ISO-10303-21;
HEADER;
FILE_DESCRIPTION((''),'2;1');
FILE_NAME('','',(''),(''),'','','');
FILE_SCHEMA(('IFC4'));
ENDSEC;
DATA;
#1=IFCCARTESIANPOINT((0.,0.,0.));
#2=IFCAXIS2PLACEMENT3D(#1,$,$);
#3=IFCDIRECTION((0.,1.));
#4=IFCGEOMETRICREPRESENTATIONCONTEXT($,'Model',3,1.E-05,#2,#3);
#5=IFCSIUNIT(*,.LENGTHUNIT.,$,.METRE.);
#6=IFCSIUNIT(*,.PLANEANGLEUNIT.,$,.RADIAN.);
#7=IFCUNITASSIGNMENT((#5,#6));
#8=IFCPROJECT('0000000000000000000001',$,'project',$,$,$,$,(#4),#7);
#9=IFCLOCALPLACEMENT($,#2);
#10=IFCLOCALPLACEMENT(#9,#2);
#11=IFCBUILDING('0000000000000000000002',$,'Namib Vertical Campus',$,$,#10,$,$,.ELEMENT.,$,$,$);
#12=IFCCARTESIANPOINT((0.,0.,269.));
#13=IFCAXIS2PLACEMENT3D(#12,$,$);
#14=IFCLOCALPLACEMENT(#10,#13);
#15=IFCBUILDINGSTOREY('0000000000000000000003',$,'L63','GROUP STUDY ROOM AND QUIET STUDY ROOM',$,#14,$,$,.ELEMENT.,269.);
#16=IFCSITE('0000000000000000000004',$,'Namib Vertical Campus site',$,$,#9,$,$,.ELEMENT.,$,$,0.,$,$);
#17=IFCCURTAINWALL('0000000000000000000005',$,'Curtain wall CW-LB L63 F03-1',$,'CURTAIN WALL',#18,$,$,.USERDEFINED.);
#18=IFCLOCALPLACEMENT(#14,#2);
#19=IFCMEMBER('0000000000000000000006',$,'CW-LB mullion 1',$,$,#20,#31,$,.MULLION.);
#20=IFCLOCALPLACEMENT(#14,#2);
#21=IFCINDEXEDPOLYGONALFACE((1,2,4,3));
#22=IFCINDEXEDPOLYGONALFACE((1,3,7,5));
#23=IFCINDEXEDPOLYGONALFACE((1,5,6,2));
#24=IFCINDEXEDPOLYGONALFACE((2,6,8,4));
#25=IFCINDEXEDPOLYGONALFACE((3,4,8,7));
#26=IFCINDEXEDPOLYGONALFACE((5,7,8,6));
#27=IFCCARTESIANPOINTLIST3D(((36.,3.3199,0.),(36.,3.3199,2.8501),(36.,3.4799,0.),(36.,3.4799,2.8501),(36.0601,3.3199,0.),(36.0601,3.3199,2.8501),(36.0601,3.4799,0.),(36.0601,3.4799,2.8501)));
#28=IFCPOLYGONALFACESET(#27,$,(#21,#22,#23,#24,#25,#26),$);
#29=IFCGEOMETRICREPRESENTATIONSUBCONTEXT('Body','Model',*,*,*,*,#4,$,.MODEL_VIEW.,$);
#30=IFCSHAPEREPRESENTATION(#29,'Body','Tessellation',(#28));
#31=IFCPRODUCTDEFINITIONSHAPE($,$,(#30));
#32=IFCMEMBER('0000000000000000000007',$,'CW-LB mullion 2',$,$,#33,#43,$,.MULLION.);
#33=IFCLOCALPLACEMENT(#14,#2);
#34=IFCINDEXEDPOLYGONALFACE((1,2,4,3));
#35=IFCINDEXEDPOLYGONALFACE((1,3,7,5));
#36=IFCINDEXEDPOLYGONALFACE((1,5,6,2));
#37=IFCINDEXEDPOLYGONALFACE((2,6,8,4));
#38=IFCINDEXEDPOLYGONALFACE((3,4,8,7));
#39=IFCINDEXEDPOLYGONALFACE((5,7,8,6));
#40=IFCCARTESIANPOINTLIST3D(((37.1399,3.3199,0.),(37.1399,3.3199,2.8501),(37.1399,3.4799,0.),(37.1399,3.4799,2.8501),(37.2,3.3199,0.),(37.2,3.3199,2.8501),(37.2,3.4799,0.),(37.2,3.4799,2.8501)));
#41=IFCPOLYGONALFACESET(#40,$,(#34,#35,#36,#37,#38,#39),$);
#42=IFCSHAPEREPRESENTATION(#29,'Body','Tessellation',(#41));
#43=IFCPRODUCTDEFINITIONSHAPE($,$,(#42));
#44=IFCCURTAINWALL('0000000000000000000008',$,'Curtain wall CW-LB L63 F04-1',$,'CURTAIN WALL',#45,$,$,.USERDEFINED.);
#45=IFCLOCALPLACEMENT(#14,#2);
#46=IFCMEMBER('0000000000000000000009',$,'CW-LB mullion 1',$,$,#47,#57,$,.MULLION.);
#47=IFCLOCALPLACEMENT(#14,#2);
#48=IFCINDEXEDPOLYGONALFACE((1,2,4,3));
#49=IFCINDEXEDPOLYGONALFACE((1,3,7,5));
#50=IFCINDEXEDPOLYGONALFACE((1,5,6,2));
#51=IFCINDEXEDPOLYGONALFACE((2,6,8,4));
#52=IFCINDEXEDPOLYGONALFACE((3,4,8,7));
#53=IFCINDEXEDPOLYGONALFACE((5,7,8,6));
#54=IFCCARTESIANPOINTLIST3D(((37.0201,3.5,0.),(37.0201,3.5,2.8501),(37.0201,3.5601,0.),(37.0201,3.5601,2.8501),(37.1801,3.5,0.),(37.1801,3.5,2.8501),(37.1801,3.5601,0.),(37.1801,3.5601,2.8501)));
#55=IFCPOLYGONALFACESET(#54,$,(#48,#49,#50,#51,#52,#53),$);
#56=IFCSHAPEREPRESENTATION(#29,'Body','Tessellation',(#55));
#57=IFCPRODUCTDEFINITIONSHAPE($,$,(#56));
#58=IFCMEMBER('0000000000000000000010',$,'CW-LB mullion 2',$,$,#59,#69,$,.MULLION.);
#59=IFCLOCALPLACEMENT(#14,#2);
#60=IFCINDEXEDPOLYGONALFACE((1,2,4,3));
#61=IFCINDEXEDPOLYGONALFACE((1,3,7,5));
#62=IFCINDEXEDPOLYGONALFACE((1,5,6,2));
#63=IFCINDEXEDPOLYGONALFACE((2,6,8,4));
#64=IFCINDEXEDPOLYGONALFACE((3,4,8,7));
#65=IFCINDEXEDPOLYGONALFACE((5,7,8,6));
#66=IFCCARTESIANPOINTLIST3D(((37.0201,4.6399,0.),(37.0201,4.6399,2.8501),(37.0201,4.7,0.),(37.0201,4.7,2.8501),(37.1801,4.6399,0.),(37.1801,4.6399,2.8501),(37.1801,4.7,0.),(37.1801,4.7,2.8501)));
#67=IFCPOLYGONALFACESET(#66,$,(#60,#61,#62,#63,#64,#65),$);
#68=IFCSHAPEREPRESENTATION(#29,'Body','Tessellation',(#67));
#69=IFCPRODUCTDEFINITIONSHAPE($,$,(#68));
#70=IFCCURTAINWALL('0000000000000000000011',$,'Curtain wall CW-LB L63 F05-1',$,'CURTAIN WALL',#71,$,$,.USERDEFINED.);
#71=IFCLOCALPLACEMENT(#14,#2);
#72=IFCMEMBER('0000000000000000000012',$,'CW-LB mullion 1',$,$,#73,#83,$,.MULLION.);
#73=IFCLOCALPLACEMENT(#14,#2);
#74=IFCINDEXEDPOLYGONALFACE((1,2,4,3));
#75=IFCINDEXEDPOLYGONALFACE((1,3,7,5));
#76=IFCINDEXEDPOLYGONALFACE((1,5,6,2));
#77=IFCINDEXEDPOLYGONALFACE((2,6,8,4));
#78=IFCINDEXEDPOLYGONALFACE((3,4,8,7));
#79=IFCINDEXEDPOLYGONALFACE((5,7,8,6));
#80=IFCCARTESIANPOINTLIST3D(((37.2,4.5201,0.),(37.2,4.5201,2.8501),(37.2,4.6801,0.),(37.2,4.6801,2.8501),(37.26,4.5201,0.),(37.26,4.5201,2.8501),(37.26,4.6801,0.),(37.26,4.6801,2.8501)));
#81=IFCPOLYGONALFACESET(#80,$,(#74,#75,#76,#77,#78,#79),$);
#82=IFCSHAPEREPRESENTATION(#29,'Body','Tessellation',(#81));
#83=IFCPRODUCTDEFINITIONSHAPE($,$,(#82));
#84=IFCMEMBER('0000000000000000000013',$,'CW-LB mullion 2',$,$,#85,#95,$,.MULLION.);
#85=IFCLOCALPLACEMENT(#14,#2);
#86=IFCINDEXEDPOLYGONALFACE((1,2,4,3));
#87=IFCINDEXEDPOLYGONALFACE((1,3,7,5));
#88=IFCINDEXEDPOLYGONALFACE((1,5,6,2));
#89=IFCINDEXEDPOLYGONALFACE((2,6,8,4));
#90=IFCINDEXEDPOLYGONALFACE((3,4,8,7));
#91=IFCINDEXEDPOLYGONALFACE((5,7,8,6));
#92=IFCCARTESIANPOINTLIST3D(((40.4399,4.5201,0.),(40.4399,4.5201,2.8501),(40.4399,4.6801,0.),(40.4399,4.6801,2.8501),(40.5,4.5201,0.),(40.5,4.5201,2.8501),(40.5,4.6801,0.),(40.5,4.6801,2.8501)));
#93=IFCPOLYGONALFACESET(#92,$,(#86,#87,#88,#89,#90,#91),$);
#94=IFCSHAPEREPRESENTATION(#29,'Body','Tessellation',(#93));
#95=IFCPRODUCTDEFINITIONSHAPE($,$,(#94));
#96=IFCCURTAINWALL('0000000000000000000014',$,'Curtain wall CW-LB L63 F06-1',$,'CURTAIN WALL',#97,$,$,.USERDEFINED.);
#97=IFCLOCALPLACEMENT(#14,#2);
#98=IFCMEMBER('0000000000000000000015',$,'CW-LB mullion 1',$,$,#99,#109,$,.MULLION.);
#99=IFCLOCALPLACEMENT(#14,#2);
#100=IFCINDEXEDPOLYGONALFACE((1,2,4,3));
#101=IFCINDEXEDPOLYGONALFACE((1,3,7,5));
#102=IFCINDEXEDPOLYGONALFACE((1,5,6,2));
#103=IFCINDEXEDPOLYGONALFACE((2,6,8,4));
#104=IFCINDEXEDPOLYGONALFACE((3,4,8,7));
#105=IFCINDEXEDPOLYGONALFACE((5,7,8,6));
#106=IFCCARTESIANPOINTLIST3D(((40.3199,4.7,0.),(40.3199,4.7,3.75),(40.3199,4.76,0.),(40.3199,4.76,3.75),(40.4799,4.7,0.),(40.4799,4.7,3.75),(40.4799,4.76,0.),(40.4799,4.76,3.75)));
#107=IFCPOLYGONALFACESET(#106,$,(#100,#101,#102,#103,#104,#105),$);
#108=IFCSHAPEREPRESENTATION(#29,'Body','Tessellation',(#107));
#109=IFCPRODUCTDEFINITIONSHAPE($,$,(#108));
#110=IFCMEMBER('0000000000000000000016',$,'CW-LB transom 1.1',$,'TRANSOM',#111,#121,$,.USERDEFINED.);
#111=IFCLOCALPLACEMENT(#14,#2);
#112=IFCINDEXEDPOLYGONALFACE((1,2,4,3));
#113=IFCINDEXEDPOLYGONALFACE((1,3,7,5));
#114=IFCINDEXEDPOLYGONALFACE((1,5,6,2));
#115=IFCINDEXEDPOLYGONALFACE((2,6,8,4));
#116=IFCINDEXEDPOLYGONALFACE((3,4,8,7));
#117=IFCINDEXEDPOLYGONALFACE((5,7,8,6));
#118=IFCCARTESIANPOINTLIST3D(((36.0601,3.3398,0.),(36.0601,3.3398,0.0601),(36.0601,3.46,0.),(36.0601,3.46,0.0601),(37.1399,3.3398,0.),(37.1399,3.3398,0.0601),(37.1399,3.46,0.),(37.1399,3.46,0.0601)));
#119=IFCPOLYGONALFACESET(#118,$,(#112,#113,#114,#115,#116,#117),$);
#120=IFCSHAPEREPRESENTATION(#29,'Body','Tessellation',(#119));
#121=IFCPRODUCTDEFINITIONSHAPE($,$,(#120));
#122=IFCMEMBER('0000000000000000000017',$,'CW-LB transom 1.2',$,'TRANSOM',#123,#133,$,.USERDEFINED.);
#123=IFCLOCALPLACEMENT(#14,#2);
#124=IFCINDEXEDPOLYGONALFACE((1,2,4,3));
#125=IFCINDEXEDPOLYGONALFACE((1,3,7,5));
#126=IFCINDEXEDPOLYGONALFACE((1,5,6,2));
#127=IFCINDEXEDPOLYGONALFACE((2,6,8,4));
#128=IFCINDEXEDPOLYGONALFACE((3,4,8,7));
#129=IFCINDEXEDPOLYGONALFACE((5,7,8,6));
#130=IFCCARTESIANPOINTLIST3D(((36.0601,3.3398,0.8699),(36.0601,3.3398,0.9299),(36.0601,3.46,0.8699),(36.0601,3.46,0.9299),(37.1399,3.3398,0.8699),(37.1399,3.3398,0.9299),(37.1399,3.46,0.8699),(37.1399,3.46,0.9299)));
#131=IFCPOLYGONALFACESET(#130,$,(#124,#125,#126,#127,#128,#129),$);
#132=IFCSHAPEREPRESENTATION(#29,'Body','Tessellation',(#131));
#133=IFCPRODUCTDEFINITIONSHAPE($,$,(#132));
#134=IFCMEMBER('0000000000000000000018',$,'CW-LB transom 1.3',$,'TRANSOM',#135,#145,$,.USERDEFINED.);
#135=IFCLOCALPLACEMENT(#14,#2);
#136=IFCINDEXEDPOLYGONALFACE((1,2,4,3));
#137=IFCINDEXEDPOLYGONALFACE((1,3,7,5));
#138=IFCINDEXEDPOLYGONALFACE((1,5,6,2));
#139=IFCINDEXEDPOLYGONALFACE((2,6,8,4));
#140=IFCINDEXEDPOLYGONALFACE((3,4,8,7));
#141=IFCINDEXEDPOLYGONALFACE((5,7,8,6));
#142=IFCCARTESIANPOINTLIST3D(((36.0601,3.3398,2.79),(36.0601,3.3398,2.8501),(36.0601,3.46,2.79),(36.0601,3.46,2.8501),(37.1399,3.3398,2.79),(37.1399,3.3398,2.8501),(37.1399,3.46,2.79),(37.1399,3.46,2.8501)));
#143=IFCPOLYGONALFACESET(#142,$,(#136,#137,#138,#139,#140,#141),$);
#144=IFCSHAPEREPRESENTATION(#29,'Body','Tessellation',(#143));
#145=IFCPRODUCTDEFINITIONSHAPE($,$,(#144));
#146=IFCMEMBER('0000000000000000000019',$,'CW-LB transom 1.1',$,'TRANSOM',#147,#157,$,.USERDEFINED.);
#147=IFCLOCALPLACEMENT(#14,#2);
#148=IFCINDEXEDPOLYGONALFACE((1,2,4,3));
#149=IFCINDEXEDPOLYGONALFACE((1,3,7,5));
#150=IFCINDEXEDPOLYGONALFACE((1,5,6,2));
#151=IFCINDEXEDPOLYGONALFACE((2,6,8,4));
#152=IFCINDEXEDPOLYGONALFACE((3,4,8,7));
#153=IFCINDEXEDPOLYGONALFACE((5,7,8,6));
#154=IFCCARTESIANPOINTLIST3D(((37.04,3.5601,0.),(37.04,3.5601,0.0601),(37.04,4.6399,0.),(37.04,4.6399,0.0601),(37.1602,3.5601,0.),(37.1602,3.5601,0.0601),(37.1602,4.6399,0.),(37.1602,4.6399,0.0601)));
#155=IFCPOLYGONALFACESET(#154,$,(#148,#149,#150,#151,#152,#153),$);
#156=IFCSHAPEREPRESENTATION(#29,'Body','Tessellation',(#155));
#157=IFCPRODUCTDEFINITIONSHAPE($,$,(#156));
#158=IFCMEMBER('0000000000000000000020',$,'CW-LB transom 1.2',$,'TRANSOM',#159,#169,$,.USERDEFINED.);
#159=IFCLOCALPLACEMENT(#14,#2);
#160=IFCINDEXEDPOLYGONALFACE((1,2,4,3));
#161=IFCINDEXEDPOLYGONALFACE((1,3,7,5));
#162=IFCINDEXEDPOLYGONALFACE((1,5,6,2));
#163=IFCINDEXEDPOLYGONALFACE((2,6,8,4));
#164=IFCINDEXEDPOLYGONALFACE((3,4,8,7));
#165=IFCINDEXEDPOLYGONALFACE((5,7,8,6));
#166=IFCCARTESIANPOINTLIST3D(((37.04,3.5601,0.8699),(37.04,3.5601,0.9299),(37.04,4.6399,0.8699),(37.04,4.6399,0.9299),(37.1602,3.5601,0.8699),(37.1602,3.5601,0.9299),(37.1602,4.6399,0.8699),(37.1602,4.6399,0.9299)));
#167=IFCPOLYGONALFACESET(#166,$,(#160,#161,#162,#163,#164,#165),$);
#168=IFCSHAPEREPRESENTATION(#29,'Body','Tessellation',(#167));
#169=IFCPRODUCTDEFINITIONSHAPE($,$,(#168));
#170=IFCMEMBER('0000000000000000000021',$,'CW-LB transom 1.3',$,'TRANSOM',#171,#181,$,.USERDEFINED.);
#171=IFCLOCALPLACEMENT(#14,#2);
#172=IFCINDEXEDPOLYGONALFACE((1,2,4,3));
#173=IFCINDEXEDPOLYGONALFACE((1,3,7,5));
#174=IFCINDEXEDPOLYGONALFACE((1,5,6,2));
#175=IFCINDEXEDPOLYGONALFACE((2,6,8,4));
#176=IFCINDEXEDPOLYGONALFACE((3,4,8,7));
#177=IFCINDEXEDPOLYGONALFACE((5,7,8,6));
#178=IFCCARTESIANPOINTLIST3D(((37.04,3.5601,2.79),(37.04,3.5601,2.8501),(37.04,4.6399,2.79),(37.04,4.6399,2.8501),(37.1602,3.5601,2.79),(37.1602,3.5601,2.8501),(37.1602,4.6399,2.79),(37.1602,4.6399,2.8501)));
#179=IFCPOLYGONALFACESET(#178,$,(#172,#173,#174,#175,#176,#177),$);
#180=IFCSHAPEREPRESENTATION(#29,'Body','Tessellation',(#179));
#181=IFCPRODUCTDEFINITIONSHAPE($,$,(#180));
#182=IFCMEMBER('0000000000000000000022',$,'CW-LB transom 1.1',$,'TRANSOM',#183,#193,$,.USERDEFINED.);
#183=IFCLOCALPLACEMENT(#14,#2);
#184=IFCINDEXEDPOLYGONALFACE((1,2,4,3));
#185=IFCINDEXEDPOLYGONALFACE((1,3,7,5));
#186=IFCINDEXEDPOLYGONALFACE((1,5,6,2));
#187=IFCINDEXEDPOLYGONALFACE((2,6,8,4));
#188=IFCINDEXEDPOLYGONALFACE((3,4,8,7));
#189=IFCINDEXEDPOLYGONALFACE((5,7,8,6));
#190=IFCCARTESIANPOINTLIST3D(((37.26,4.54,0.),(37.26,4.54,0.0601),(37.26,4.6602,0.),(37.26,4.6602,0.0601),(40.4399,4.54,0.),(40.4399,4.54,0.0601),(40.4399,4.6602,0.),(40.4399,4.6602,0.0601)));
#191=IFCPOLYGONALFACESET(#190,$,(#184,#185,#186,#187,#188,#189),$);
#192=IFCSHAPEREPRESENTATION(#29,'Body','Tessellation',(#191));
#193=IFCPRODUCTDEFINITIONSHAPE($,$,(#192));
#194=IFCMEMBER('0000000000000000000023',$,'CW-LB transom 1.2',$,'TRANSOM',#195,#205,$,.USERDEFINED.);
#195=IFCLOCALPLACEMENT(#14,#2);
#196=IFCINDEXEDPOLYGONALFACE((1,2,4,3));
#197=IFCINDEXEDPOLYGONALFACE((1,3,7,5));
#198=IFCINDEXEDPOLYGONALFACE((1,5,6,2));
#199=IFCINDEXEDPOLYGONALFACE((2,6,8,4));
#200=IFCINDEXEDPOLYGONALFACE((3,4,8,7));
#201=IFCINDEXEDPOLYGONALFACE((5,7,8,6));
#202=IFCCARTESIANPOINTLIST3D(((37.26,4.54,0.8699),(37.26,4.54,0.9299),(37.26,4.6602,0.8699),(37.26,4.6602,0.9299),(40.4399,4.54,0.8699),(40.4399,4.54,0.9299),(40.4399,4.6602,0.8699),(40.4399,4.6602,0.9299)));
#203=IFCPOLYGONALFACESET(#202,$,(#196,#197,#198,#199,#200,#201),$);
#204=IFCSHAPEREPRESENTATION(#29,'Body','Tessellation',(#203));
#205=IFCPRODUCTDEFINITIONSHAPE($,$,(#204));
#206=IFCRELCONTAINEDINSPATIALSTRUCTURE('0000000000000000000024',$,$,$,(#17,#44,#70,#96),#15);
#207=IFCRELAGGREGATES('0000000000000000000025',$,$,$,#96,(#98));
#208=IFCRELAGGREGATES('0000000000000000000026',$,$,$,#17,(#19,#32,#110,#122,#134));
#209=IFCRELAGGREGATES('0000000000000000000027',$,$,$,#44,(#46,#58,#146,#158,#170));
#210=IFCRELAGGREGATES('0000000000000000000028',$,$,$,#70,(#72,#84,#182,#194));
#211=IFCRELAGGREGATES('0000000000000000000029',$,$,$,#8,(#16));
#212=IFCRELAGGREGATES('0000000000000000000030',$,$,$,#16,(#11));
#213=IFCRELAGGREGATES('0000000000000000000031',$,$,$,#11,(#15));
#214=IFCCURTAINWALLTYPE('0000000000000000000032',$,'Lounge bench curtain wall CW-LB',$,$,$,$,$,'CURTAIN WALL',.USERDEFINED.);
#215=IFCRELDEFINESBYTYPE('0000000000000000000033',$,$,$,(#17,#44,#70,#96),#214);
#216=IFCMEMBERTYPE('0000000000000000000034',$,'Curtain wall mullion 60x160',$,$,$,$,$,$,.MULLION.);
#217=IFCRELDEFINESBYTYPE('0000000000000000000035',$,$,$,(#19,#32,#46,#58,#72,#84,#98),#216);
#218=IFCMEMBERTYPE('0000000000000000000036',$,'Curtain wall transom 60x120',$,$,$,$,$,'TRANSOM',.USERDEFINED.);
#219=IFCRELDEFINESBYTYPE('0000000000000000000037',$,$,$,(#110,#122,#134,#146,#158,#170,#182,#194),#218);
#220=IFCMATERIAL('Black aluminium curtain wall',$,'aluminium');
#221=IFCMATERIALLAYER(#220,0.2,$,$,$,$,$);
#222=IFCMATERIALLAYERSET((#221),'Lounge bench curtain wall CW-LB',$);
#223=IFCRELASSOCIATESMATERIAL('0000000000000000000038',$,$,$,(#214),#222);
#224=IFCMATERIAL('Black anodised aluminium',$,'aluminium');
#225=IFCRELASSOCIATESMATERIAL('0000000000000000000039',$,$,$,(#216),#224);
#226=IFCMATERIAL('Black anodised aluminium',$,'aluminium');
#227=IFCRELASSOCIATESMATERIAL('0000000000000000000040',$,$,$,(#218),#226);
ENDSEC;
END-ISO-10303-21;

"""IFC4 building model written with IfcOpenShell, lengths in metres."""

from ifc_helpers import new_model, si_unit, direction, frame, origin, origin_2d, place, context, subcontext, project, spatial, rectangle, extrude, material, layer, layer_set, material_profile, profile_set, type_object, element, aggregate, save


model = new_model("IFC4")

# Units and contexts
model_context = context("Model", 3, precision=1e-05, world=origin(), true_north=direction((0.0, 1.0)))
body_context = subcontext(model_context, "Body", "Model", "MODEL_VIEW")
ifc_project = project(units=[si_unit("LENGTHUNIT", "METRE"), si_unit("PLANEANGLEUNIT", "RADIAN")], contexts=[model_context])

# Site, building, storey
site_placement = place(None, origin())
site = spatial("IfcSite", under=ifc_project, at=site_placement, Name="Namib Vertical Campus site", CompositionType="ELEMENT", RefElevation=0.0)
building_placement = place(site_placement, origin())
building = spatial("IfcBuilding", under=site, at=building_placement, Name="Namib Vertical Campus", CompositionType="ELEMENT")
storey_placement = place(building_placement, frame((0.0, 0.0, 269.0)))
storey = spatial("IfcBuildingStorey", under=building, at=storey_placement, Name="L63", Description="GROUP STUDY ROOM AND QUIET STUDY ROOM", CompositionType="ELEMENT", Elevation=269.0)

# Curtain walls, members
ifc_material_1 = material(Name="Black aluminium curtain wall", Category="aluminium")
ifc_layer_1 = layer(ifc_material_1, 0.2)
ifc_layer_set_1 = layer_set([ifc_layer_1], Name="Lounge bench curtain wall CW-LB")
curtain_wall_type = type_object("IfcCurtainWallType", Name="Lounge bench curtain wall CW-LB", ElementType="CURTAIN WALL", PredefinedType="USERDEFINED", material=ifc_layer_set_1)
curtain_wall_1_placement = place(storey_placement, origin())
curtain_wall_1 = element("IfcCurtainWall", 1, at=curtain_wall_1_placement, inside=storey, type_object=curtain_wall_type, Name="Curtain wall CW-LB L63 F03-1", ObjectType="CURTAIN WALL", PredefinedType="USERDEFINED")
ifc_material_2 = material(Name="Black anodised aluminium", Category="aluminium")
ifc_material_profile_1 = material_profile(ifc_material_2, rectangle(XDim=0.0601, YDim=0.1599, at=origin_2d()))
ifc_profile_set_1 = profile_set([ifc_material_profile_1], Name="Black anodised aluminium")
member_type_1 = type_object("IfcMemberType", Name="Curtain wall mullion 60x160", PredefinedType="MULLION", material=ifc_profile_set_1)
member_1_placement = place(storey_placement, frame((36.03, 3.3999, 0.0), z_axis=(0.0, 0.0, 1.0), x_axis=(1.0, 0.0, 0.0)))
member_1 = element("IfcMember", 2, at=member_1_placement, type_object=member_type_1, Name="CW-LB mullion 1", PredefinedType="MULLION", context=body_context, shape_type="SweptSolid", body=[
    extrude(rectangle(XDim=0.0601, YDim=0.1599, at=origin_2d()), origin(), (0.0, 0.0, 1.0), 2.8501),
])
member_2_placement = place(storey_placement, frame((37.1699, 3.3999, 0.0), z_axis=(0.0, 0.0, 1.0), x_axis=(1.0, 0.0, 0.0)))
member_2 = element("IfcMember", 3, at=member_2_placement, type_object=member_type_1, Name="CW-LB mullion 2", PredefinedType="MULLION", context=body_context, shape_type="SweptSolid", body=[
    extrude(rectangle(XDim=0.0601, YDim=0.1599, at=origin_2d()), origin(), (0.0, 0.0, 1.0), 2.8501),
])
curtain_wall_2_placement = place(storey_placement, origin())
curtain_wall_2 = element("IfcCurtainWall", 4, at=curtain_wall_2_placement, inside=storey, type_object=curtain_wall_type, Name="Curtain wall CW-LB L63 F04-1", ObjectType="CURTAIN WALL", PredefinedType="USERDEFINED")
member_3_placement = place(storey_placement, frame((37.1001, 3.53, 0.0), z_axis=(0.0, 0.0, 1.0), x_axis=(0.0, 1.0, 0.0)))
member_3 = element("IfcMember", 5, at=member_3_placement, type_object=member_type_1, Name="CW-LB mullion 1", PredefinedType="MULLION", context=body_context, shape_type="SweptSolid", body=[
    extrude(rectangle(XDim=0.0601, YDim=0.1599, at=origin_2d()), origin(), (0.0, 0.0, 1.0), 2.8501),
])
member_4_placement = place(storey_placement, frame((37.1001, 4.6699, 0.0), z_axis=(0.0, 0.0, 1.0), x_axis=(0.0, 1.0, 0.0)))
member_4 = element("IfcMember", 6, at=member_4_placement, type_object=member_type_1, Name="CW-LB mullion 2", PredefinedType="MULLION", context=body_context, shape_type="SweptSolid", body=[
    extrude(rectangle(XDim=0.0601, YDim=0.1599, at=origin_2d()), origin(), (0.0, 0.0, 1.0), 2.8501),
])
curtain_wall_3_placement = place(storey_placement, origin())
curtain_wall_3 = element("IfcCurtainWall", 7, at=curtain_wall_3_placement, inside=storey, type_object=curtain_wall_type, Name="Curtain wall CW-LB L63 F05-1", ObjectType="CURTAIN WALL", PredefinedType="USERDEFINED")
member_5_placement = place(storey_placement, frame((37.23, 4.6001, 0.0), z_axis=(0.0, 0.0, 1.0), x_axis=(1.0, 0.0, 0.0)))
member_5 = element("IfcMember", 8, at=member_5_placement, type_object=member_type_1, Name="CW-LB mullion 1", PredefinedType="MULLION", context=body_context, shape_type="SweptSolid", body=[
    extrude(rectangle(XDim=0.0601, YDim=0.1599, at=origin_2d()), origin(), (0.0, 0.0, 1.0), 2.8501),
])
member_6_placement = place(storey_placement, frame((40.47, 4.6001, 0.0), z_axis=(0.0, 0.0, 1.0), x_axis=(1.0, 0.0, 0.0)))
member_6 = element("IfcMember", 9, at=member_6_placement, type_object=member_type_1, Name="CW-LB mullion 2", PredefinedType="MULLION", context=body_context, shape_type="SweptSolid", body=[
    extrude(rectangle(XDim=0.0601, YDim=0.1599, at=origin_2d()), origin(), (0.0, 0.0, 1.0), 2.8501),
])

# Curtain wall, member
curtain_wall_4_placement = place(storey_placement, origin())
curtain_wall_4 = element("IfcCurtainWall", 10, at=curtain_wall_4_placement, inside=storey, type_object=curtain_wall_type, Name="Curtain wall CW-LB L63 F06-1", ObjectType="CURTAIN WALL", PredefinedType="USERDEFINED")
member_7_placement = place(storey_placement, frame((40.3999, 4.73, 0.0), z_axis=(0.0, 0.0, 1.0), x_axis=(0.0, 1.0, 0.0)))
member_7 = element("IfcMember", 11, at=member_7_placement, type_object=member_type_1, Name="CW-LB mullion 1", PredefinedType="MULLION", context=body_context, shape_type="SweptSolid", body=[
    extrude(rectangle(XDim=0.0601, YDim=0.1599, at=origin_2d()), origin(), (0.0, 0.0, 1.0), 3.75),
])

# Members
ifc_material_3 = material(Name="Black anodised aluminium", Category="aluminium")
ifc_material_profile_2 = material_profile(ifc_material_3, rectangle(XDim=0.0601, YDim=0.1201, at=origin_2d()))
ifc_profile_set_2 = profile_set([ifc_material_profile_2], Name="Black anodised aluminium")
member_type_2 = type_object("IfcMemberType", Name="Curtain wall transom 60x120", ElementType="TRANSOM", PredefinedType="USERDEFINED", material=ifc_profile_set_2)
member_8_placement = place(storey_placement, frame((36.0601, 3.3999, 0.03), z_axis=(1.0, 0.0, 0.0), x_axis=(0.0, 0.0, 1.0)))
member_8 = element("IfcMember", 12, at=member_8_placement, type_object=member_type_2, Name="CW-LB transom 1.1", ObjectType="TRANSOM", PredefinedType="USERDEFINED", context=body_context, shape_type="SweptSolid", body=[
    extrude(rectangle(XDim=0.0601, YDim=0.1201, at=origin_2d()), origin(), (0.0, 0.0, 1.0), 1.0798),
])
member_9_placement = place(storey_placement, frame((36.0601, 3.3999, 0.8999), z_axis=(1.0, 0.0, 0.0), x_axis=(0.0, 0.0, 1.0)))
member_9 = element("IfcMember", 13, at=member_9_placement, type_object=member_type_2, Name="CW-LB transom 1.2", ObjectType="TRANSOM", PredefinedType="USERDEFINED", context=body_context, shape_type="SweptSolid", body=[
    extrude(rectangle(XDim=0.0601, YDim=0.1201, at=origin_2d()), origin(), (0.0, 0.0, 1.0), 1.0798),
])
member_10_placement = place(storey_placement, frame((36.0601, 3.3999, 2.8201), z_axis=(1.0, 0.0, 0.0), x_axis=(0.0, 0.0, 1.0)))
member_10 = element("IfcMember", 14, at=member_10_placement, type_object=member_type_2, Name="CW-LB transom 1.3", ObjectType="TRANSOM", PredefinedType="USERDEFINED", context=body_context, shape_type="SweptSolid", body=[
    extrude(rectangle(XDim=0.0601, YDim=0.1201, at=origin_2d()), origin(), (0.0, 0.0, 1.0), 1.0798),
])
member_11_placement = place(storey_placement, frame((37.1001, 3.5601, 0.03), z_axis=(0.0, 1.0, 0.0), x_axis=(0.0, 0.0, 1.0)))
member_11 = element("IfcMember", 15, at=member_11_placement, type_object=member_type_2, Name="CW-LB transom 1.1", ObjectType="TRANSOM", PredefinedType="USERDEFINED", context=body_context, shape_type="SweptSolid", body=[
    extrude(rectangle(XDim=0.0601, YDim=0.1201, at=origin_2d()), origin(), (0.0, 0.0, 1.0), 1.0798),
])
member_12_placement = place(storey_placement, frame((37.1001, 3.5601, 0.8999), z_axis=(0.0, 1.0, 0.0), x_axis=(0.0, 0.0, 1.0)))
member_12 = element("IfcMember", 16, at=member_12_placement, type_object=member_type_2, Name="CW-LB transom 1.2", ObjectType="TRANSOM", PredefinedType="USERDEFINED", context=body_context, shape_type="SweptSolid", body=[
    extrude(rectangle(XDim=0.0601, YDim=0.1201, at=origin_2d()), origin(), (0.0, 0.0, 1.0), 1.0798),
])
member_13_placement = place(storey_placement, frame((37.1001, 3.5601, 2.8201), z_axis=(0.0, 1.0, 0.0), x_axis=(0.0, 0.0, 1.0)))
member_13 = element("IfcMember", 17, at=member_13_placement, type_object=member_type_2, Name="CW-LB transom 1.3", ObjectType="TRANSOM", PredefinedType="USERDEFINED", context=body_context, shape_type="SweptSolid", body=[
    extrude(rectangle(XDim=0.0601, YDim=0.1201, at=origin_2d()), origin(), (0.0, 0.0, 1.0), 1.0798),
])
member_14_placement = place(storey_placement, frame((37.26, 4.6001, 0.03), z_axis=(1.0, 0.0, 0.0), x_axis=(0.0, 0.0, 1.0)))
member_14 = element("IfcMember", 18, at=member_14_placement, type_object=member_type_2, Name="CW-LB transom 1.1", ObjectType="TRANSOM", PredefinedType="USERDEFINED", context=body_context, shape_type="SweptSolid", body=[
    extrude(rectangle(XDim=0.0601, YDim=0.1201, at=origin_2d()), origin(), (0.0, 0.0, 1.0), 3.1799),
])
member_15_placement = place(storey_placement, frame((37.26, 4.6001, 0.8999), z_axis=(1.0, 0.0, 0.0), x_axis=(0.0, 0.0, 1.0)))
member_15 = element("IfcMember", 19, at=member_15_placement, type_object=member_type_2, Name="CW-LB transom 1.2", ObjectType="TRANSOM", PredefinedType="USERDEFINED", context=body_context, shape_type="SweptSolid", body=[
    extrude(rectangle(XDim=0.0601, YDim=0.1201, at=origin_2d()), origin(), (0.0, 0.0, 1.0), 3.1799),
])
aggregate(curtain_wall_4, [member_7])

aggregate(curtain_wall_1, [member_1, member_2, member_8, member_9, member_10])
aggregate(curtain_wall_2, [member_3, member_4, member_11, member_12, member_13])
aggregate(curtain_wall_3, [member_5, member_6, member_14, member_15])

save(model, "model.ifc")
